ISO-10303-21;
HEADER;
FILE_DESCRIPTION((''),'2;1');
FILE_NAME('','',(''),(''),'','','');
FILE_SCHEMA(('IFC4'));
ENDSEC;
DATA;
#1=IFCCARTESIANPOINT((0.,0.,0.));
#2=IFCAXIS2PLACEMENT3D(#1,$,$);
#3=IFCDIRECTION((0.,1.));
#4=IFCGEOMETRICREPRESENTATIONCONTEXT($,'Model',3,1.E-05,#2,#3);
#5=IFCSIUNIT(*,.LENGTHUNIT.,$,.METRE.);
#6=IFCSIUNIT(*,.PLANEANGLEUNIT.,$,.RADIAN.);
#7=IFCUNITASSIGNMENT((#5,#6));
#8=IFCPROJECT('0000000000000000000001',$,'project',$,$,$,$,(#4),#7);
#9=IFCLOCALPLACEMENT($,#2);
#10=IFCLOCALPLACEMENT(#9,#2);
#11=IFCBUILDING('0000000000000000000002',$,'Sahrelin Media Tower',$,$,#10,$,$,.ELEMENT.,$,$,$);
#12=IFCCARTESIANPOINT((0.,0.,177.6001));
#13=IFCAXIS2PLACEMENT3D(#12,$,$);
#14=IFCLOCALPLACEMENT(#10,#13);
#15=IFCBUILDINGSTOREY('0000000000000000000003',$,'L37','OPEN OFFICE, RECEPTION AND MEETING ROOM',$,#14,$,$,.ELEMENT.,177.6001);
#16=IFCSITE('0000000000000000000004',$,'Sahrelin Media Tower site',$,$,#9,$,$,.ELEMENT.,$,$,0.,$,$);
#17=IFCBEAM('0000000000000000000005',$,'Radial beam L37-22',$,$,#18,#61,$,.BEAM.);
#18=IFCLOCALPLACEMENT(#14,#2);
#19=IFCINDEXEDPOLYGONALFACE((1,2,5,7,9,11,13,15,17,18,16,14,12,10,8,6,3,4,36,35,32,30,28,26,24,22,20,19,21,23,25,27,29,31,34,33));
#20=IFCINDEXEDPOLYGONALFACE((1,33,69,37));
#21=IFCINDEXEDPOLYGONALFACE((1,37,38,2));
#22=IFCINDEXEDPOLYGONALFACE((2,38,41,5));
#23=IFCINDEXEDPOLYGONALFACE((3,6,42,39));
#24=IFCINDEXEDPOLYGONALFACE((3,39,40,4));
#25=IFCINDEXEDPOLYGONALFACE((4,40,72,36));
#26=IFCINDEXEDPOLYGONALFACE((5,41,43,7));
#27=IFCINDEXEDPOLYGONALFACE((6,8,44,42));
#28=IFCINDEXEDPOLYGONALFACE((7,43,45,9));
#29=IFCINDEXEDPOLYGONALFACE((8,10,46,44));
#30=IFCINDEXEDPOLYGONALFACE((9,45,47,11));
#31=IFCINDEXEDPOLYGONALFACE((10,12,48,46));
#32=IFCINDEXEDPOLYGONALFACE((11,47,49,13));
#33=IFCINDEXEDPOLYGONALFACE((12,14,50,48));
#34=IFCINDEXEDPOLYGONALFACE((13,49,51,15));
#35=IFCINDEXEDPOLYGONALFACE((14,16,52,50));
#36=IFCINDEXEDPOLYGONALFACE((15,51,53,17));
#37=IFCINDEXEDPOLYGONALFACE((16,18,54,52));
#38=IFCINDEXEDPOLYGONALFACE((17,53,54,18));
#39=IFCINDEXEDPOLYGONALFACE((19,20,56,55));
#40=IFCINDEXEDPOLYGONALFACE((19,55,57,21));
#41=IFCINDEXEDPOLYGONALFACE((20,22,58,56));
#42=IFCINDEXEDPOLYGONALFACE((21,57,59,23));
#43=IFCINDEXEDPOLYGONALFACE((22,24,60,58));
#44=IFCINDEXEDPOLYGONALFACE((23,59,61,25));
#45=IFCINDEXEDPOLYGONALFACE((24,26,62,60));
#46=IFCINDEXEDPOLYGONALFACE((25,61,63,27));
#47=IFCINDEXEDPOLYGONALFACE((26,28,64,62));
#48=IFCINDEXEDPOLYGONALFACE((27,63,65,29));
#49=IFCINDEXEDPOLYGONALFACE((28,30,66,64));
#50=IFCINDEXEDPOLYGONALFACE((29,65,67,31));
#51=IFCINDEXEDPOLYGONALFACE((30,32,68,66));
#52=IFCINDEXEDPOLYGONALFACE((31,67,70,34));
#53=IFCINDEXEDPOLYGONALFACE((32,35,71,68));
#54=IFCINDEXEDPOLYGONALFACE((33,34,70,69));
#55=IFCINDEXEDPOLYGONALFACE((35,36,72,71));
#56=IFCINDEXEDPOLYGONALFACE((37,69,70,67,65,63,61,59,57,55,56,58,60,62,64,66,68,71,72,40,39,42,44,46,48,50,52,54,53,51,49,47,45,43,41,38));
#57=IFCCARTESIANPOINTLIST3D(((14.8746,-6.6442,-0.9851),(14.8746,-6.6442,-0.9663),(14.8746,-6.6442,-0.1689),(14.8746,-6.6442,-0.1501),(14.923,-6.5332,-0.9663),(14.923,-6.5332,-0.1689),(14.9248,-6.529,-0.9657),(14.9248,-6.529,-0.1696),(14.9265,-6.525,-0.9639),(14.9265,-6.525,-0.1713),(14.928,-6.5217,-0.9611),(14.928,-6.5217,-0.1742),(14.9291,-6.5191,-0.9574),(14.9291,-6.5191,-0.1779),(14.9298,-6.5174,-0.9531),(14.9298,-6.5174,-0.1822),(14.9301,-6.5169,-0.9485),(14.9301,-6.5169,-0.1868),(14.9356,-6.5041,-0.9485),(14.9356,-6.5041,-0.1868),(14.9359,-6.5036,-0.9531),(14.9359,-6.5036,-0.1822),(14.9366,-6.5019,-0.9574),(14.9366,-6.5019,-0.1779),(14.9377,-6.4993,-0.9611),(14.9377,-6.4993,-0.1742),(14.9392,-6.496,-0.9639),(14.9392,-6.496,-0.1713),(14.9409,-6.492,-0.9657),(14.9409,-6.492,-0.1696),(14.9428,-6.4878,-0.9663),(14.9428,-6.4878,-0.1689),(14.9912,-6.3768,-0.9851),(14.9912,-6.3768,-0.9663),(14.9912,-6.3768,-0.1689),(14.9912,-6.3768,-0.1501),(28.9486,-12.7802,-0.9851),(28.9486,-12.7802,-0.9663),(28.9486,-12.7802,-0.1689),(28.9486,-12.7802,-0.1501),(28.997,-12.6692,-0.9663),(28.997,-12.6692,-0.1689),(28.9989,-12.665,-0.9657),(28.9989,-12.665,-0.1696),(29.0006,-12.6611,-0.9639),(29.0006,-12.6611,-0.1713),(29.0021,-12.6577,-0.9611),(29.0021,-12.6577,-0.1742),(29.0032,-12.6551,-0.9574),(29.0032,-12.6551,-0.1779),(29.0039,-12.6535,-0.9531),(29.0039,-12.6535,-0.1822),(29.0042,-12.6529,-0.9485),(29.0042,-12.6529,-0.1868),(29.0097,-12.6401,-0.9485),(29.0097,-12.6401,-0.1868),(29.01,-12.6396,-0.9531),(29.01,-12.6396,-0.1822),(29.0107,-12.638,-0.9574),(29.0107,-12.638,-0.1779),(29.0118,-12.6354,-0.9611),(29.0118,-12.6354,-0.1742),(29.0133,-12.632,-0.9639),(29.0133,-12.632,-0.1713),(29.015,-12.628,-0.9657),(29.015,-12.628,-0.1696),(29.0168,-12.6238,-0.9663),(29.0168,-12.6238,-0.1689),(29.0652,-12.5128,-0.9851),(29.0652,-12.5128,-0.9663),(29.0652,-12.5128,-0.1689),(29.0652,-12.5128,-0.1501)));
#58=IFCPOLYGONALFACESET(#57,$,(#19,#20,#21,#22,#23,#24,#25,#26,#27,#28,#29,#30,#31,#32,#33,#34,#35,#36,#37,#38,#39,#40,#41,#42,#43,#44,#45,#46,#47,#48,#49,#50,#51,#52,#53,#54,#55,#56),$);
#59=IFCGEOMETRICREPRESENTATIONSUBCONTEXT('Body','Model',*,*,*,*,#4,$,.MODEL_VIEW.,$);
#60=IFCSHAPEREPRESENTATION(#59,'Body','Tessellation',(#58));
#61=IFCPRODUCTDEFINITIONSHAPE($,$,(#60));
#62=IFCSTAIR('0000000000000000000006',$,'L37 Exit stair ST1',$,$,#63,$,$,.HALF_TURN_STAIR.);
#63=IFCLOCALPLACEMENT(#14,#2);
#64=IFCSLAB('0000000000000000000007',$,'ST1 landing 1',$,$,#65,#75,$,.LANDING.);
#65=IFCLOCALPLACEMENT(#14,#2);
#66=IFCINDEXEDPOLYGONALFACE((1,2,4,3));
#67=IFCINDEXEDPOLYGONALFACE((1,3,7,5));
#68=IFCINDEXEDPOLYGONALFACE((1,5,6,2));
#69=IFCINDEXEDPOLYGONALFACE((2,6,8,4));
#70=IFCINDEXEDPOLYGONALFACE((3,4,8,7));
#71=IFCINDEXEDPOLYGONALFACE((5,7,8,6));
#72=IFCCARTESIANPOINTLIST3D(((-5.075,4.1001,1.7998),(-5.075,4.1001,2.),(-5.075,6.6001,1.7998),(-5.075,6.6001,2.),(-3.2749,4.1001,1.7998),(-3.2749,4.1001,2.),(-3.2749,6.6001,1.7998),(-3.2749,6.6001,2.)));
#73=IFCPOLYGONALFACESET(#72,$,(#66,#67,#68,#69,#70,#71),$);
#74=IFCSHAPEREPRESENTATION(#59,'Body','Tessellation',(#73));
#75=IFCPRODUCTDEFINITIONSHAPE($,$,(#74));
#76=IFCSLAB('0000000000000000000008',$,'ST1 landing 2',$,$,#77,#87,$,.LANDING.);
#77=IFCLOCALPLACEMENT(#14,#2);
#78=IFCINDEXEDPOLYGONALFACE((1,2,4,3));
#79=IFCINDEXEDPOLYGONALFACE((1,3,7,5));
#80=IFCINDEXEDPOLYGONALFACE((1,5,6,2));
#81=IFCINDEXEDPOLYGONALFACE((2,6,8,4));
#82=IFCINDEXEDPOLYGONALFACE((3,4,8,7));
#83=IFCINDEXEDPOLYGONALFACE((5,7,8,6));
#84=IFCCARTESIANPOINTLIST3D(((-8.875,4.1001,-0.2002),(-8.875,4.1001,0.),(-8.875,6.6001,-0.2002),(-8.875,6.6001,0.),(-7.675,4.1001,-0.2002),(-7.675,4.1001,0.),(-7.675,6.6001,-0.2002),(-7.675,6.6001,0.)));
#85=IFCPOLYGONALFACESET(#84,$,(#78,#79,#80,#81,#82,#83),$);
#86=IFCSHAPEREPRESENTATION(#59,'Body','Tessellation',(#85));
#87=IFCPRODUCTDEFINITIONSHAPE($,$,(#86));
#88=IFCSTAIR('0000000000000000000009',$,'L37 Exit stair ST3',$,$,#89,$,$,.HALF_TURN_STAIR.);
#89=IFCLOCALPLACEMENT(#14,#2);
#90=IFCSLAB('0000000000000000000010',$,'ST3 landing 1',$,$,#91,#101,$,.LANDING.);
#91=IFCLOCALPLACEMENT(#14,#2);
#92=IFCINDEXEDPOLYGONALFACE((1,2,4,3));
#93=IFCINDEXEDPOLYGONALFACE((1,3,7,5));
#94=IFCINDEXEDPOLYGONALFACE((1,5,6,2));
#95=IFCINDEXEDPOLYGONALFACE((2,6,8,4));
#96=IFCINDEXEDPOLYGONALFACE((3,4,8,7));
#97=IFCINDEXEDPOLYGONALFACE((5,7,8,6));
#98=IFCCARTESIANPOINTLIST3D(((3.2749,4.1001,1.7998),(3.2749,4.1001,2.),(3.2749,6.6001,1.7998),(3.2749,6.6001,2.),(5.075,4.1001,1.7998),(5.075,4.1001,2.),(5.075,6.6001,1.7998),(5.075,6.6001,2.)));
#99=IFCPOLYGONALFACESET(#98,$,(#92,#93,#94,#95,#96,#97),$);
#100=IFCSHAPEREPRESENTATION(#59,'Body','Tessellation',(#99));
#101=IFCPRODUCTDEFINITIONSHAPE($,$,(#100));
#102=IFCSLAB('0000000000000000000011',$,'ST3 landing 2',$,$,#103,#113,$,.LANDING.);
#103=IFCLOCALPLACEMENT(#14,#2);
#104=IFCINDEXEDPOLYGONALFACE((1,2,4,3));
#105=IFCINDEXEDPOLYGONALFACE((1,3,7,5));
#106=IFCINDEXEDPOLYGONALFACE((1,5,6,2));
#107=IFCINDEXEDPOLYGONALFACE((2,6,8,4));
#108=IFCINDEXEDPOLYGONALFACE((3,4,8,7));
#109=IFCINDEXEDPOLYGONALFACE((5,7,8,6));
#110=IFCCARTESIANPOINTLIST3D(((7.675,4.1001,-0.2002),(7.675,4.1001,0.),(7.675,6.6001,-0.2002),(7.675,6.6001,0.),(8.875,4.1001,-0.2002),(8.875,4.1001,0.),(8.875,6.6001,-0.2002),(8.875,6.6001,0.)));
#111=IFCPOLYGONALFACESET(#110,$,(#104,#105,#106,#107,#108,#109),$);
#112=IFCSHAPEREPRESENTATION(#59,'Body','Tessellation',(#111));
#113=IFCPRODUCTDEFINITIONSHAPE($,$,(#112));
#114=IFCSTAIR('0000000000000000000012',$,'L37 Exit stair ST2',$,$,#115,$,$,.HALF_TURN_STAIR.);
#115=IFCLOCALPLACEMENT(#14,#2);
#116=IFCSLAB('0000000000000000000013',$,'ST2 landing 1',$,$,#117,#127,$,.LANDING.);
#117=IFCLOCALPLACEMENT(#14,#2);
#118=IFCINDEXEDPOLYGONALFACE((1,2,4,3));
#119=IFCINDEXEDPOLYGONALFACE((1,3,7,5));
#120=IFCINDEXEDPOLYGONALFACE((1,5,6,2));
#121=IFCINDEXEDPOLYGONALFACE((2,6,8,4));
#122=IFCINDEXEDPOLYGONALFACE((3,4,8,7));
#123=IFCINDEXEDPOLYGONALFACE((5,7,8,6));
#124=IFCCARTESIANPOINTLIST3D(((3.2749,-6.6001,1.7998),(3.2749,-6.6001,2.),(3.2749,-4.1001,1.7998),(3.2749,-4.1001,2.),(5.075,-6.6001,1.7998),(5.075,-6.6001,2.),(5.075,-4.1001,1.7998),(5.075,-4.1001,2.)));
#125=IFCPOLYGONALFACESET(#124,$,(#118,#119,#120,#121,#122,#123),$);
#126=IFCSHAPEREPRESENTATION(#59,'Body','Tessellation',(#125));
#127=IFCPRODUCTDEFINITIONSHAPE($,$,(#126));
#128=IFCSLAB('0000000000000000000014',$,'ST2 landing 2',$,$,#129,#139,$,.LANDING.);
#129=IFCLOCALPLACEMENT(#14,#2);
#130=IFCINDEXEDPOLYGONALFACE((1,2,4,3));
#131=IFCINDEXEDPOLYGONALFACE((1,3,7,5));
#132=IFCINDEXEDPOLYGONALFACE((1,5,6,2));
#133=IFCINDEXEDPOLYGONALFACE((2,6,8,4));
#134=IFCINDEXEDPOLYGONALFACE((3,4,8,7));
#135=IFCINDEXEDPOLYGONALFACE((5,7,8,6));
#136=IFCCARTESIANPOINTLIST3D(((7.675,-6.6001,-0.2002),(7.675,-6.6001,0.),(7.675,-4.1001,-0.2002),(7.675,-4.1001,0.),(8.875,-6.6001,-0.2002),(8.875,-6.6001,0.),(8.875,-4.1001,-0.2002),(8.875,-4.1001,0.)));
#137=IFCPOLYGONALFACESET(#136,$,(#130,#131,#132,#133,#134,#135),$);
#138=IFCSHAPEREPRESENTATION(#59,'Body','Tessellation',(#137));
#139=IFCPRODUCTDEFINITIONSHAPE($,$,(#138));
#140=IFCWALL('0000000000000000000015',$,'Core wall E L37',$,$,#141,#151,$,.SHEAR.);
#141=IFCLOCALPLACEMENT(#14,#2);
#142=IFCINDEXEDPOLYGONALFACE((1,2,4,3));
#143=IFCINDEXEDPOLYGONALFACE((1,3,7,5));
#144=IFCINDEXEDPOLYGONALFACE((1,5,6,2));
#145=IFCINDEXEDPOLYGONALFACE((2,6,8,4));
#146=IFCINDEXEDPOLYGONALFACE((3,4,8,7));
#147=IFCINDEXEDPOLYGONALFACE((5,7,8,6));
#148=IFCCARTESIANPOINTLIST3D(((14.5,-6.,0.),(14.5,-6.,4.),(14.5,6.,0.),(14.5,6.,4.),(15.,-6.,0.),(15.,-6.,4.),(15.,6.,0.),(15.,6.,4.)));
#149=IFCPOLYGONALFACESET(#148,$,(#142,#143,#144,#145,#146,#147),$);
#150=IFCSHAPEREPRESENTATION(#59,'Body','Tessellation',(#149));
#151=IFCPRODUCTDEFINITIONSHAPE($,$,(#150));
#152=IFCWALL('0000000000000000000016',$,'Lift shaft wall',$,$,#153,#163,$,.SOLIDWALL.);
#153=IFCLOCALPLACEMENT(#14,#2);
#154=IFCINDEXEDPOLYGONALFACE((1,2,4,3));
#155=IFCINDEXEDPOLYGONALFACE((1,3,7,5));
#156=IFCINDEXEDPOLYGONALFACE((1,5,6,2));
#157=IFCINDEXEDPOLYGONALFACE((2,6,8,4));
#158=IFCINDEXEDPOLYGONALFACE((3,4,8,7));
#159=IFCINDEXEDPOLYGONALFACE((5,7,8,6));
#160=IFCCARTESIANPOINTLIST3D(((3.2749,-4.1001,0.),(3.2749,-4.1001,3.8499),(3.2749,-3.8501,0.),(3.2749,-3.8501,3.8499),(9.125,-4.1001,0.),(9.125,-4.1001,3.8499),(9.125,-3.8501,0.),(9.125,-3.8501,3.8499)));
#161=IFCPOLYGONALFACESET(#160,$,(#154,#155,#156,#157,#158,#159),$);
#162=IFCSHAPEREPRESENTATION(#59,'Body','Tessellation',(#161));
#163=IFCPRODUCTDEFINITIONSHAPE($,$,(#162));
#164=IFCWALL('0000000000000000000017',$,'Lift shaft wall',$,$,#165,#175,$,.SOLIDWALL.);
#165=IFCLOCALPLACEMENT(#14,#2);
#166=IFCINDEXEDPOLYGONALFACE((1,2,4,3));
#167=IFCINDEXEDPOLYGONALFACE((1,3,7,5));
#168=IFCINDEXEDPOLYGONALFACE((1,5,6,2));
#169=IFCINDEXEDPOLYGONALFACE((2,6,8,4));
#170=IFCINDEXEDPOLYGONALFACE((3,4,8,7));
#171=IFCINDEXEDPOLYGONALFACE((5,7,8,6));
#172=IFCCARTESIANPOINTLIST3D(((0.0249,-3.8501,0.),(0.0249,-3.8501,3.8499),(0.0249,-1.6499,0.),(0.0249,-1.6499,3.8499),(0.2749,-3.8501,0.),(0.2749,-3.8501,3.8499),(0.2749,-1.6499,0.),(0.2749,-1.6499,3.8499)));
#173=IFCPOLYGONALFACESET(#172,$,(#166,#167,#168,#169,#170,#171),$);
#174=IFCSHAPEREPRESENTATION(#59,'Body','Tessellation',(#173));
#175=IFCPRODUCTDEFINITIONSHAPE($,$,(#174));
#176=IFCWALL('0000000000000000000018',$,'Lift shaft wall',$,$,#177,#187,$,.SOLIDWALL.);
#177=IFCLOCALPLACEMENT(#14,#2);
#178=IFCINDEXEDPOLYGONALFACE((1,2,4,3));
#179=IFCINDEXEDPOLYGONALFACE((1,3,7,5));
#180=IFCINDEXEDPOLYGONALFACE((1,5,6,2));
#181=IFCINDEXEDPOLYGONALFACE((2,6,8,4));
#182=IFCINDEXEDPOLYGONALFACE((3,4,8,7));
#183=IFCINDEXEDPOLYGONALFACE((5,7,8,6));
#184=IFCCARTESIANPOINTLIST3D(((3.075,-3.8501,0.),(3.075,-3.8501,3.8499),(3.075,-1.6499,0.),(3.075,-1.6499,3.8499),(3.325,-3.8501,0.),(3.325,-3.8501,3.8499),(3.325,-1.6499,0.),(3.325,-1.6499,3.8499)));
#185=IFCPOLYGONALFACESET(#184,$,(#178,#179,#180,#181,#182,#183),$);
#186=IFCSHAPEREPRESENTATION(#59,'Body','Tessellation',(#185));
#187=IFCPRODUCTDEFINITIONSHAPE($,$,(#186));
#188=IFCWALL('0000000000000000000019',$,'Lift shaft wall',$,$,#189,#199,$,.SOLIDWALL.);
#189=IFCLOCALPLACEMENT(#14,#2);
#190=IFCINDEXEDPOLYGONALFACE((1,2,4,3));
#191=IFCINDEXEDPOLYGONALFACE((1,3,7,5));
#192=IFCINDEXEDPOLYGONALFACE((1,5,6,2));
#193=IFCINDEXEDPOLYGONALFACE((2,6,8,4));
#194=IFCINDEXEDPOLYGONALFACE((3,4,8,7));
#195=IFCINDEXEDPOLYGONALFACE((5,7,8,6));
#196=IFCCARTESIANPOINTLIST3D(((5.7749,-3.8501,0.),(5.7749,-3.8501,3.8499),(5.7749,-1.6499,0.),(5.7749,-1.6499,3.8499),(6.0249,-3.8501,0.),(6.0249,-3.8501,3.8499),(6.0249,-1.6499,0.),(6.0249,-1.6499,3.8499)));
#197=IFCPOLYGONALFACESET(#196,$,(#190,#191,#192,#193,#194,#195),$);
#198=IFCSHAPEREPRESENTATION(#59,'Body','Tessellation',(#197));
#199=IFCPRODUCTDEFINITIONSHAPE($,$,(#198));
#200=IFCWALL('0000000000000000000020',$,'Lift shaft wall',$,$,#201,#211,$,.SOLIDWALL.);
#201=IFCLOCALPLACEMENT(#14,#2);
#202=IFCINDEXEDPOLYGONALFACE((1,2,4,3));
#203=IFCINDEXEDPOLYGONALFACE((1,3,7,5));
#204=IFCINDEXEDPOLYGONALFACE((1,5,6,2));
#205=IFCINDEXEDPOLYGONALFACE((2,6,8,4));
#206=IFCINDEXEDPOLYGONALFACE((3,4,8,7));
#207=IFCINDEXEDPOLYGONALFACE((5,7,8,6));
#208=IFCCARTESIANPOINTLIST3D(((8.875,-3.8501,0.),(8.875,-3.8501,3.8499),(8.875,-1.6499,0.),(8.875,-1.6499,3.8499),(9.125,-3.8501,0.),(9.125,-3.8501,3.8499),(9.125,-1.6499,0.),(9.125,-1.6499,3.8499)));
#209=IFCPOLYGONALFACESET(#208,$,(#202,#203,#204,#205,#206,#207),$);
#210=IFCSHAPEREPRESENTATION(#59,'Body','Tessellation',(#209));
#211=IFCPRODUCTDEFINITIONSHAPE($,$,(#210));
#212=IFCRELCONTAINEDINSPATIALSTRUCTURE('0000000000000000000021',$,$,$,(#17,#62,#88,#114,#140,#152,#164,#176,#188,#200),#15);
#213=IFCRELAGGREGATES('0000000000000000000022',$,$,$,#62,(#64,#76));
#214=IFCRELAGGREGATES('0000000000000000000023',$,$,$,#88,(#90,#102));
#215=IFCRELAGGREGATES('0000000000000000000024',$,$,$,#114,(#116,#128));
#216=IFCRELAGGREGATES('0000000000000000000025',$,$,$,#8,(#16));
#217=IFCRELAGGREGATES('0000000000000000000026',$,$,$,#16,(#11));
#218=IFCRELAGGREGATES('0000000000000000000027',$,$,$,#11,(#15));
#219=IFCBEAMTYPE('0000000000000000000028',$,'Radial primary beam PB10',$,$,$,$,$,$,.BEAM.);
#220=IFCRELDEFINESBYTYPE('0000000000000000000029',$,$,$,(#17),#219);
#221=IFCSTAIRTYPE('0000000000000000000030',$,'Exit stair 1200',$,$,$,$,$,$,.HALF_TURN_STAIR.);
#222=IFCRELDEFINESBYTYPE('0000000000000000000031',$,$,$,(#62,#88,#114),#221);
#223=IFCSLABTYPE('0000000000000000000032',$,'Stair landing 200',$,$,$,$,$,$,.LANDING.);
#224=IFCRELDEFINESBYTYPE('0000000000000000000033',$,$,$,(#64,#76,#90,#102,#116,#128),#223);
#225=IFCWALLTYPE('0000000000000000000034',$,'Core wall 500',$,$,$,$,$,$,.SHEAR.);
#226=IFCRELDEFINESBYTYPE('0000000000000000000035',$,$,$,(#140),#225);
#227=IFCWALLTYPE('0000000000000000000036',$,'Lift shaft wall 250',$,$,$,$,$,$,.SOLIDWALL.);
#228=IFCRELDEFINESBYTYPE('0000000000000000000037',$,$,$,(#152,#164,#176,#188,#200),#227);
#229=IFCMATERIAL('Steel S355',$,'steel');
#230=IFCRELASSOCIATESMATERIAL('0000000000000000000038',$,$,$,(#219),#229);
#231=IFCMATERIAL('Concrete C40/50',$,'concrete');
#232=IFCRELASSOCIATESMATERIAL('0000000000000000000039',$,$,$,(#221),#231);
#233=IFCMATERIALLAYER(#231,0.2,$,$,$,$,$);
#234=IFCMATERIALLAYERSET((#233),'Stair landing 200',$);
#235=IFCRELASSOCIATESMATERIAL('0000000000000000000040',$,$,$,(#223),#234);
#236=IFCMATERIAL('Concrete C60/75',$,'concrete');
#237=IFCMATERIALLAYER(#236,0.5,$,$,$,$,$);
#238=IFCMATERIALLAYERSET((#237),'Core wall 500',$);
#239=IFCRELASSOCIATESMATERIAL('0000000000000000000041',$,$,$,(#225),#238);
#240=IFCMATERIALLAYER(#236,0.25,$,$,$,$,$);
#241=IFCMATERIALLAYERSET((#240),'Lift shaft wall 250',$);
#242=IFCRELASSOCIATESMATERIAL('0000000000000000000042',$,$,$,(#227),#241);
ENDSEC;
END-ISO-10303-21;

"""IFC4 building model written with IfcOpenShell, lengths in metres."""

from ifc_helpers import new_model, si_unit, direction, frame, frame_2d, origin, origin_2d, place, context, subcontext, project, spatial, polyline, rectangle, i_section, outline, extrude, material, layer, layer_set, material_profile, profile_set, type_object, element, aggregate, save


model = new_model("IFC4")

# Units and contexts
model_context = context("Model", 3, precision=1e-05, world=origin(), true_north=direction((0.0, 1.0)))
body_context = subcontext(model_context, "Body", "Model", "MODEL_VIEW")
ifc_project = project(units=[si_unit("LENGTHUNIT", "METRE"), si_unit("PLANEANGLEUNIT", "RADIAN")], contexts=[model_context])

# Site, building, storey
site_placement = place(None, origin())
site = spatial("IfcSite", under=ifc_project, at=site_placement, Name="Sahrelin Media Tower site", CompositionType="ELEMENT", RefElevation=0.0)
building_placement = place(site_placement, origin())
building = spatial("IfcBuilding", under=site, at=building_placement, Name="Sahrelin Media Tower", CompositionType="ELEMENT")
storey_placement = place(building_placement, frame((0.0, 0.0, 177.6001)))
storey = spatial("IfcBuildingStorey", under=building, at=storey_placement, Name="L37", Description="OPEN OFFICE, RECEPTION AND MEETING ROOM", CompositionType="ELEMENT", Elevation=177.6001)

# Beam
ifc_material_1 = material(Name="Steel S355", Category="steel")
ifc_material_profile = material_profile(ifc_material_1, i_section(OverallWidth=0.2917, OverallDepth=0.835, WebThickness=0.0139, FlangeThickness=0.0188, FilletRadius=0.0178, at=origin_2d()), Name="UB 838x292x176")
ifc_profile_set = profile_set([ifc_material_profile], Name="Steel S355")
beam_type = type_object("IfcBeamType", Name="Radial primary beam PB10", PredefinedType="BEAM", material=ifc_profile_set)
beam_placement = place(storey_placement, frame((14.9329, -6.5105, -0.5676), z_axis=(0.916668, -0.39965, 0.0), x_axis=(0.39965, 0.916668, 0.0)))
element("IfcBeam", 1, at=beam_placement, inside=storey, type_object=beam_type, Name="Radial beam L37-22", PredefinedType="BEAM", context=body_context, shape_type="SweptSolid", body=[
    extrude(i_section(OverallWidth=0.2917, OverallDepth=0.835, WebThickness=0.0139, FlangeThickness=0.0188, FilletRadius=0.0178, at=origin_2d()), origin(), (0.0, 0.0, 1.0), 15.3535),
])

# Stairs, slabs
ifc_material_2 = material(Name="Concrete C40/50", Category="concrete")
stair_type = type_object("IfcStairType", Name="Exit stair 1200", PredefinedType="HALF_TURN_STAIR", material=ifc_material_2)
placement_1 = place(storey_placement, origin())
stair_1 = element("IfcStair", 2, at=placement_1, inside=storey, type_object=stair_type, Name="L37 Exit stair ST1", PredefinedType="HALF_TURN_STAIR")
ifc_layer_1 = layer(ifc_material_2, 0.2)
ifc_layer_set_1 = layer_set([ifc_layer_1], Name="Stair landing 200")
slab_type = type_object("IfcSlabType", Name="Stair landing 200", PredefinedType="LANDING", material=ifc_layer_set_1)
placement_2 = place(storey_placement, frame((0.0, 0.0, 1.7998)))
slab_1 = element("IfcSlab", 3, at=placement_2, type_object=slab_type, Name="ST1 landing 1", PredefinedType="LANDING", context=body_context, shape_type="SweptSolid", body=[
    extrude(outline(polyline([(-5.075, 4.1001), (-3.2749, 4.1001), (-3.2749, 6.6001), (-5.075, 6.6001), (-5.075, 4.1001)])), origin(), (0.0, 0.0, 1.0), 0.2002),
])
placement_3 = place(storey_placement, frame((0.0, 0.0, -0.2002)))
slab_2 = element("IfcSlab", 4, at=placement_3, type_object=slab_type, Name="ST1 landing 2", PredefinedType="LANDING", context=body_context, shape_type="SweptSolid", body=[
    extrude(outline(polyline([(-8.875, 4.1001), (-7.675, 4.1001), (-7.675, 6.6001), (-8.875, 6.6001), (-8.875, 4.1001)])), origin(), (0.0, 0.0, 1.0), 0.2002),
])
aggregate(stair_1, [slab_1, slab_2])
stair_2 = element("IfcStair", 5, at=placement_1, inside=storey, type_object=stair_type, Name="L37 Exit stair ST3", PredefinedType="HALF_TURN_STAIR")
slab_3 = element("IfcSlab", 6, at=placement_2, type_object=slab_type, Name="ST3 landing 1", PredefinedType="LANDING", context=body_context, shape_type="SweptSolid", body=[
    extrude(outline(polyline([(5.075, 6.6001), (3.2749, 6.6001), (3.2749, 4.1001), (5.075, 4.1001), (5.075, 6.6001)])), origin(), (0.0, 0.0, 1.0), 0.2002),
])
slab_4 = element("IfcSlab", 7, at=placement_3, type_object=slab_type, Name="ST3 landing 2", PredefinedType="LANDING", context=body_context, shape_type="SweptSolid", body=[
    extrude(outline(polyline([(8.875, 6.6001), (7.675, 6.6001), (7.675, 4.1001), (8.875, 4.1001), (8.875, 6.6001)])), origin(), (0.0, 0.0, 1.0), 0.2002),
])
aggregate(stair_2, [slab_3, slab_4])
stair_3 = element("IfcStair", 8, at=placement_1, inside=storey, type_object=stair_type, Name="L37 Exit stair ST2", PredefinedType="HALF_TURN_STAIR")
slab_5 = element("IfcSlab", 9, at=placement_2, type_object=slab_type, Name="ST2 landing 1", PredefinedType="LANDING", context=body_context, shape_type="SweptSolid", body=[
    extrude(outline(polyline([(5.075, -4.1001), (3.2749, -4.1001), (3.2749, -6.6001), (5.075, -6.6001), (5.075, -4.1001)])), origin(), (0.0, 0.0, 1.0), 0.2002),
])
slab_6 = element("IfcSlab", 10, at=placement_3, type_object=slab_type, Name="ST2 landing 2", PredefinedType="LANDING", context=body_context, shape_type="SweptSolid", body=[
    extrude(outline(polyline([(8.875, -4.1001), (7.675, -4.1001), (7.675, -6.6001), (8.875, -6.6001), (8.875, -4.1001)])), origin(), (0.0, 0.0, 1.0), 0.2002),
])
aggregate(stair_3, [slab_5, slab_6])

# Walls
ifc_material_3 = material(Name="Concrete C60/75", Category="concrete")
ifc_layer_2 = layer(ifc_material_3, 0.5)
ifc_layer_set_2 = layer_set([ifc_layer_2], Name="Core wall 500")
wall_type_1 = type_object("IfcWallType", Name="Core wall 500", PredefinedType="SHEAR", material=ifc_layer_set_2)
wall_1_placement = place(storey_placement, frame((14.75, -6.0, 0.0), z_axis=(0.0, 0.0, 1.0), x_axis=(0.0, 1.0, 0.0)))
element("IfcWall", 11, at=wall_1_placement, inside=storey, type_object=wall_type_1, Name="Core wall E L37", PredefinedType="SHEAR", context=body_context, shape_type="SweptSolid", body=[
    extrude(rectangle(XDim=12.0, YDim=0.5, at=frame_2d((6.0, 0.0))), origin(), (0.0, 0.0, 1.0), 4.0),
])
ifc_layer_3 = layer(ifc_material_3, 0.25)
ifc_layer_set_3 = layer_set([ifc_layer_3], Name="Lift shaft wall 250")
wall_type_2 = type_object("IfcWallType", Name="Lift shaft wall 250", PredefinedType="SOLIDWALL", material=ifc_layer_set_3)
wall_2_placement = place(storey_placement, frame((3.2749, -3.9751, 0.0), z_axis=(0.0, 0.0, 1.0), x_axis=(1.0, 0.0, 0.0)))
element("IfcWall", 12, at=wall_2_placement, inside=storey, type_object=wall_type_2, Name="Lift shaft wall", PredefinedType="SOLIDWALL", context=body_context, shape_type="SweptSolid", body=[
    extrude(rectangle(XDim=5.8501, YDim=0.25, at=frame_2d((2.925, 0.0))), origin(), (0.0, 0.0, 1.0), 3.8499),
])
for number, where, z_axis, x_axis, name in (
    (13, (0.1499, -3.8501, 0.0), (0.0, 0.0, 1.0), (0.0, 1.0, 0.0), "Lift shaft wall"),
    (14, (3.2, -3.8501, 0.0), (0.0, 0.0, 1.0), (0.0, 1.0, 0.0), "Lift shaft wall"),
    (15, (5.8999, -3.8501, 0.0), (0.0, 0.0, 1.0), (0.0, 1.0, 0.0), "Lift shaft wall"),
    (16, (9.0, -3.8501, 0.0), (0.0, 0.0, 1.0), (0.0, 1.0, 0.0), "Lift shaft wall"),
):
    element("IfcWall", number, at=place(storey_placement, frame(where, z_axis=z_axis, x_axis=x_axis)), inside=storey, type_object=wall_type_2, Name=name, PredefinedType="SOLIDWALL", context=body_context, shape_type="SweptSolid", body=[
        extrude(rectangle(XDim=2.2002, YDim=0.25, at=frame_2d((1.1001, 0.0))), origin(), (0.0, 0.0, 1.0), 3.8499),
    ])

save(model, "model.ifc")
